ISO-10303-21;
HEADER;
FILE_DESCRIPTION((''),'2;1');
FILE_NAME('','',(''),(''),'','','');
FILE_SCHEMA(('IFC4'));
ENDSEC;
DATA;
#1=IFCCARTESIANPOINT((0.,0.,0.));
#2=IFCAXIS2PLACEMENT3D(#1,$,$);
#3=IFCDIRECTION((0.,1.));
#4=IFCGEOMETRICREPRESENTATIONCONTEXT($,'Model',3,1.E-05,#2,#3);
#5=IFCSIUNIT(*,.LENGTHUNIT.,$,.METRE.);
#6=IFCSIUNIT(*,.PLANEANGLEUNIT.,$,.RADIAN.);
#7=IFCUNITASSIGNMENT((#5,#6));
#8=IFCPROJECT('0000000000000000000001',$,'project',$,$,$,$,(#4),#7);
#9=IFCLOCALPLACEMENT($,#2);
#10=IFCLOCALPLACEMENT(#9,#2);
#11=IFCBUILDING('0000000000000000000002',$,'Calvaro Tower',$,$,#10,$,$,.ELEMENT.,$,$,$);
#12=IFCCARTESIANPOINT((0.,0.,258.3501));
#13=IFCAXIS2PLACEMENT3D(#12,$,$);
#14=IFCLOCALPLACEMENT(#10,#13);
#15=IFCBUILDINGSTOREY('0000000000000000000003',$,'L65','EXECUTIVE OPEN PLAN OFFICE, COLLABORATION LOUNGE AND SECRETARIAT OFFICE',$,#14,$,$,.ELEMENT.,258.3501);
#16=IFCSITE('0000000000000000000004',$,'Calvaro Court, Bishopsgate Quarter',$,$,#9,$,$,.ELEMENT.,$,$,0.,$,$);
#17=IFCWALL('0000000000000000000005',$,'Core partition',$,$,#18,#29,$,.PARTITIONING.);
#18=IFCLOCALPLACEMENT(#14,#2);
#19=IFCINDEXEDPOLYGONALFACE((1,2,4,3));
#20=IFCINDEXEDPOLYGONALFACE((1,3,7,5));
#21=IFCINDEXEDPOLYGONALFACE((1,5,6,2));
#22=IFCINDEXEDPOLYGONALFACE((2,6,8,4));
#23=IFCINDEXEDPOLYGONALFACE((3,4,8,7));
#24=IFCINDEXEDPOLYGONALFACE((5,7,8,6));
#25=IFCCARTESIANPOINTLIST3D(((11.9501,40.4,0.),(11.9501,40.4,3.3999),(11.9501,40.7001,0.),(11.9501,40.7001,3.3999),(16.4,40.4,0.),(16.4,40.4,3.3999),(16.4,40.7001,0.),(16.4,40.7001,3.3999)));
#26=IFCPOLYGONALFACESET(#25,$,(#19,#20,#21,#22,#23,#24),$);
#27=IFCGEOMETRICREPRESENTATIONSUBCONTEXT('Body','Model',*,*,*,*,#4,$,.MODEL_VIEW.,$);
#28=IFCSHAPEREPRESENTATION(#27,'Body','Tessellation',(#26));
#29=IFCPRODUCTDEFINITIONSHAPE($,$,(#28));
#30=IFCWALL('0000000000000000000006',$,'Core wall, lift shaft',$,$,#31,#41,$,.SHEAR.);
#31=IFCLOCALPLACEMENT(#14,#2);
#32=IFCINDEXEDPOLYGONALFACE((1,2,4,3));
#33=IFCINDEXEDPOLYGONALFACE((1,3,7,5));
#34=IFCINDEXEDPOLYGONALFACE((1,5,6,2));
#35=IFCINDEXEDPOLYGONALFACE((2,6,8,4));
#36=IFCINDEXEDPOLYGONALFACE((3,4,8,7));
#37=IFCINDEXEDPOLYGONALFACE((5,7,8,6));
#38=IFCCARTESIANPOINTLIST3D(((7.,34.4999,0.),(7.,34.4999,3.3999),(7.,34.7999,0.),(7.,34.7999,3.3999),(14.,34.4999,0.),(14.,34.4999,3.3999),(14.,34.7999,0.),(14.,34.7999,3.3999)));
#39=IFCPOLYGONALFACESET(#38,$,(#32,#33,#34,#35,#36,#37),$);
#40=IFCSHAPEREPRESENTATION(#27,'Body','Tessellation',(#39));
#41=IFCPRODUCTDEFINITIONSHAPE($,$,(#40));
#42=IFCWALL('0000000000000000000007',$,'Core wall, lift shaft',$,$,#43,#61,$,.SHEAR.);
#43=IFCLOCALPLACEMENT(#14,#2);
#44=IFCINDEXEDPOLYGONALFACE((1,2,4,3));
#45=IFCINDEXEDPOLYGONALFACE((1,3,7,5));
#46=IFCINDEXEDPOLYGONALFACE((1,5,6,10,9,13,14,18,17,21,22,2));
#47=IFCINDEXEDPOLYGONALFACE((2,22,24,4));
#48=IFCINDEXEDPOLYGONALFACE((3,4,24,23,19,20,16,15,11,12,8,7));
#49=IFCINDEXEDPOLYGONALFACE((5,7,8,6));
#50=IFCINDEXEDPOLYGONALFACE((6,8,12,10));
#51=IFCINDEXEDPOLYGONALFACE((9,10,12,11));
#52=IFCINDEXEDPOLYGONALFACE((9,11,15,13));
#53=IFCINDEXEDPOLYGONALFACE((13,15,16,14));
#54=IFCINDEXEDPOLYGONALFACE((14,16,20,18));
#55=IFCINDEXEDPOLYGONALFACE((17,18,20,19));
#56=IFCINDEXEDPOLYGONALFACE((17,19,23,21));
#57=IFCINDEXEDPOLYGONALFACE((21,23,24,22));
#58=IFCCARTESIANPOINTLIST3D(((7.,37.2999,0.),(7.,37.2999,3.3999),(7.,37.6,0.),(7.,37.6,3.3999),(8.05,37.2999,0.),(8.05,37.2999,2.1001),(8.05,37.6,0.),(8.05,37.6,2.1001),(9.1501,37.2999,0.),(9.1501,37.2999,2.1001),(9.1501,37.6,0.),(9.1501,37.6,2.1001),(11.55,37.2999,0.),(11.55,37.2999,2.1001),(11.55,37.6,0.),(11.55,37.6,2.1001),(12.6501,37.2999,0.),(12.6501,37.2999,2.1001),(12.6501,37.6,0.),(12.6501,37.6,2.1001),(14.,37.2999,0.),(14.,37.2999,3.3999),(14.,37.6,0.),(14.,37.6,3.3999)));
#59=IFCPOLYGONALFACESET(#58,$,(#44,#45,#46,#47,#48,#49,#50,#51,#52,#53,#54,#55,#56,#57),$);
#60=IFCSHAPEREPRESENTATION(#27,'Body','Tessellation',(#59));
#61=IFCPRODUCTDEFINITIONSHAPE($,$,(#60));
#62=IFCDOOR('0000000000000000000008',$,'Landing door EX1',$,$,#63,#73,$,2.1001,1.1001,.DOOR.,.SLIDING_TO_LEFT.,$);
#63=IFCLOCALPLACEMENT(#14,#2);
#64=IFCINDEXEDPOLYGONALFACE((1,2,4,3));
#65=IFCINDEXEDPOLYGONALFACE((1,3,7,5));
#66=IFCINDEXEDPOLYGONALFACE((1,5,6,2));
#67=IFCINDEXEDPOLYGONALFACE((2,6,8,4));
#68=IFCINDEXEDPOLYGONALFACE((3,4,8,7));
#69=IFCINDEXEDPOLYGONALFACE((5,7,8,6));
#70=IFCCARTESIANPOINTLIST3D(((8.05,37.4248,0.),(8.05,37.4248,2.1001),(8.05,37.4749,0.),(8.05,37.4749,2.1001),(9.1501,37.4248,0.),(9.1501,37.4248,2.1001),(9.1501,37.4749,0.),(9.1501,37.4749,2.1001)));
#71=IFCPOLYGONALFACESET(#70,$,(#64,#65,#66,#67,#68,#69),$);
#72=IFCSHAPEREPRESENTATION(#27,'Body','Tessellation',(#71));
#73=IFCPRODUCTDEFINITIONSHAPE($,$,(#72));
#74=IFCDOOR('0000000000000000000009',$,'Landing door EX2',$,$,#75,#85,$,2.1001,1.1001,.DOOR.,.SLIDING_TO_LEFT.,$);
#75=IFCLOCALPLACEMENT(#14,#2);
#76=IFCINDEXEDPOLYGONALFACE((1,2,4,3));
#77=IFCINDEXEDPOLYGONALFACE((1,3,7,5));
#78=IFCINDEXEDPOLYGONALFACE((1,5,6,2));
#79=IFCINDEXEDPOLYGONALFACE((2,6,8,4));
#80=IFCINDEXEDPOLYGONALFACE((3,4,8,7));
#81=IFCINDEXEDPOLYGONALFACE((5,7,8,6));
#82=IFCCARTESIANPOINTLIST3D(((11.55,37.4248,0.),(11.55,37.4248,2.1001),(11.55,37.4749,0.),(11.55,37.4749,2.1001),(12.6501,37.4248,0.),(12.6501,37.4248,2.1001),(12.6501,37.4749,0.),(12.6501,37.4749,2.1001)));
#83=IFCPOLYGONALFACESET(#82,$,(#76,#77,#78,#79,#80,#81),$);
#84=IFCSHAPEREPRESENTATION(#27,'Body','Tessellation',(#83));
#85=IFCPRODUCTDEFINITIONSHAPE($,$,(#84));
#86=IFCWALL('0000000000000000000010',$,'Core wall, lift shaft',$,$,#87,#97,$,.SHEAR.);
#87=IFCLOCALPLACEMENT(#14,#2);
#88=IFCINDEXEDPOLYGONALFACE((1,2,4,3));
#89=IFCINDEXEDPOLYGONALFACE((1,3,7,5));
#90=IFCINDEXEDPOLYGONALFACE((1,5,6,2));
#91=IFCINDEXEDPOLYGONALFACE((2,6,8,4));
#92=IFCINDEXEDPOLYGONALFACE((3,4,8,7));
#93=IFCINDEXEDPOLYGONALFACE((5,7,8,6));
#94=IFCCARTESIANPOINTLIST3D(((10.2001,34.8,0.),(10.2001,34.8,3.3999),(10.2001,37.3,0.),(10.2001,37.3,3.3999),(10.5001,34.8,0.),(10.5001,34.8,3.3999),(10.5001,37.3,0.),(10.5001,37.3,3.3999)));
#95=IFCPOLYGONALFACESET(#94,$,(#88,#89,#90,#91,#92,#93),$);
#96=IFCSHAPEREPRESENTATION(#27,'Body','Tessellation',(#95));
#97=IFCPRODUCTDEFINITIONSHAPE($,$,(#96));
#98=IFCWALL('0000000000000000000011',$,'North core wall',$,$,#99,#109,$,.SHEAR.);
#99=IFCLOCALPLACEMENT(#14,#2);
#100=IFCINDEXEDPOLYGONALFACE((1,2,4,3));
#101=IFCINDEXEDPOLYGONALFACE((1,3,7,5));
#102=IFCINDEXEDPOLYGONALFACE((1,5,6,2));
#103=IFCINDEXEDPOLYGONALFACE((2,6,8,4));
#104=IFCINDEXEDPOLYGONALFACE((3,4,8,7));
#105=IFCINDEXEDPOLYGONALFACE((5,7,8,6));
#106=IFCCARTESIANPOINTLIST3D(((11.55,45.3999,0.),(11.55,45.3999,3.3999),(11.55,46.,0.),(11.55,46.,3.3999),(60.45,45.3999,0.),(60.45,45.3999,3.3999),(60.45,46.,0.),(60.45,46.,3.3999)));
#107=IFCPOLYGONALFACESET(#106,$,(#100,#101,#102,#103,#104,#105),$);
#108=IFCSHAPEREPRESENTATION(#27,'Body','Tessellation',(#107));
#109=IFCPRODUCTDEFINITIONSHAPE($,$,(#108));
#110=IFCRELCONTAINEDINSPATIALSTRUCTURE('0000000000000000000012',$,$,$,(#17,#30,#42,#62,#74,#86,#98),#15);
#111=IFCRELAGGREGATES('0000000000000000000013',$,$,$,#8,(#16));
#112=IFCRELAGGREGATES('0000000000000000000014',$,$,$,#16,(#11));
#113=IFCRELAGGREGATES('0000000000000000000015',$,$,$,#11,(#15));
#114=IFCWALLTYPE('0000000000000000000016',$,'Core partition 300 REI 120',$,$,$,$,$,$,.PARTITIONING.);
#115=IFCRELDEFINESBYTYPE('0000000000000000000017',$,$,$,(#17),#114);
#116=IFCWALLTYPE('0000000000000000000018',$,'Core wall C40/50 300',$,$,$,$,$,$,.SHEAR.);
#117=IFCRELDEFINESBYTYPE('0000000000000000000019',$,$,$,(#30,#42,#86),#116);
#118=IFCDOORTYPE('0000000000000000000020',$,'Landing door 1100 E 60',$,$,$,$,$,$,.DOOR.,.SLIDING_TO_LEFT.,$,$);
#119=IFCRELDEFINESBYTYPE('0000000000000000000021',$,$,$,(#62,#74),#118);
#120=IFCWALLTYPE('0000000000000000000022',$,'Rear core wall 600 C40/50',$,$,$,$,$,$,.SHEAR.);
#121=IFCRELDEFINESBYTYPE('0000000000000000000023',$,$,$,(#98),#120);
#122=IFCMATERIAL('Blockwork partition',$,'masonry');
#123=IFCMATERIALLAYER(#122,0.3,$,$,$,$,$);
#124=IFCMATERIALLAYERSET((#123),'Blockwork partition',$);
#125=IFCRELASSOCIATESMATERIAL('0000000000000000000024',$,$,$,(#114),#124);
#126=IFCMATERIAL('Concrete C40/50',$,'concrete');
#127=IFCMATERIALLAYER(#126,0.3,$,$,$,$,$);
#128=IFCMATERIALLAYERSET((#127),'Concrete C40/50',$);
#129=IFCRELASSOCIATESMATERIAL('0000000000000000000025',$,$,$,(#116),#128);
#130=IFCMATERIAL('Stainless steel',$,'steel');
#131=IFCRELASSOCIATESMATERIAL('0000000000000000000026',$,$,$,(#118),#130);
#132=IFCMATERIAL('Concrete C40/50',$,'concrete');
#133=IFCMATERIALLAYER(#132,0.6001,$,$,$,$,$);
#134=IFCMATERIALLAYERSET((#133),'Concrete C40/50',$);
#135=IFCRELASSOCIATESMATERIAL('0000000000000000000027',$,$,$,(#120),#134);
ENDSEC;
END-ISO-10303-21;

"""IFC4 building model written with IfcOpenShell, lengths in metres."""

from ifc_helpers import new_model, si_unit, direction, frame, frame_2d, origin, place, context, subcontext, project, spatial, rectangle, extrude, material, layer, layer_set, type_object, element, fill, save


model = new_model("IFC4")

# Units and contexts
model_context = context("Model", 3, precision=1e-05, world=origin(), true_north=direction((0.0, 1.0)))
body_context = subcontext(model_context, "Body", "Model", "MODEL_VIEW")
ifc_project = project(units=[si_unit("LENGTHUNIT", "METRE"), si_unit("PLANEANGLEUNIT", "RADIAN")], contexts=[model_context])

# Site, building, storey
site_placement = place(None, origin())
site = spatial("IfcSite", under=ifc_project, at=site_placement, Name="Calvaro Court, Bishopsgate Quarter", CompositionType="ELEMENT", RefElevation=0.0)
building_placement = place(site_placement, origin())
building = spatial("IfcBuilding", under=site, at=building_placement, Name="Calvaro Tower", CompositionType="ELEMENT")
storey_placement = place(building_placement, frame((0.0, 0.0, 258.3501)))
storey = spatial("IfcBuildingStorey", under=building, at=storey_placement, Name="L65", Description="EXECUTIVE OPEN PLAN OFFICE, COLLABORATION LOUNGE AND SECRETARIAT OFFICE", CompositionType="ELEMENT", Elevation=258.3501)

# Walls
ifc_material_1 = material(Name="Blockwork partition", Category="masonry")
ifc_layer_1 = layer(ifc_material_1, 0.3)
ifc_layer_set_1 = layer_set([ifc_layer_1], Name="Blockwork partition")
wall_type_1 = type_object("IfcWallType", Name="Core partition 300 REI 120", PredefinedType="PARTITIONING", material=ifc_layer_set_1)
wall_1_placement = place(storey_placement, frame((11.95, 40.55, 0.0), z_axis=(0.0, 0.0, 1.0), x_axis=(1.0, 0.0, 0.0)))
element("IfcWall", 1, at=wall_1_placement, inside=storey, type_object=wall_type_1, Name="Core partition", PredefinedType="PARTITIONING", context=body_context, shape_type="SweptSolid", body=[
    extrude(rectangle(XDim=4.45, YDim=0.3, at=frame_2d((2.2251, 0.0))), origin(), (0.0, 0.0, 1.0), 3.3999),
])
ifc_material_2 = material(Name="Concrete C40/50", Category="concrete")
ifc_layer_2 = layer(ifc_material_2, 0.3)
ifc_layer_set_2 = layer_set([ifc_layer_2], Name="Concrete C40/50")
wall_type_2 = type_object("IfcWallType", Name="Core wall C40/50 300", PredefinedType="SHEAR", material=ifc_layer_set_2)
wall_2_placement = place(storey_placement, frame((7.0, 34.6499, 0.0), z_axis=(0.0, 0.0, 1.0), x_axis=(1.0, 0.0, 0.0)))
element("IfcWall", 2, at=wall_2_placement, inside=storey, type_object=wall_type_2, Name="Core wall, lift shaft", PredefinedType="SHEAR", context=body_context, shape_type="SweptSolid", body=[
    extrude(rectangle(XDim=7.0, YDim=0.3, at=frame_2d((3.5, 0.0))), origin(), (0.0, 0.0, 1.0), 3.3999),
])

# Wall, openings, doors
wall_3_placement = place(storey_placement, frame((7.0, 37.45, 0.0), z_axis=(0.0, 0.0, 1.0), x_axis=(1.0, 0.0, 0.0)))
wall_3 = element("IfcWall", 3, at=wall_3_placement, inside=storey, type_object=wall_type_2, Name="Core wall, lift shaft", PredefinedType="SHEAR", context=body_context, shape_type="SweptSolid", body=[
    extrude(rectangle(XDim=7.0, YDim=0.3, at=frame_2d((3.5, 0.0))), origin(), (0.0, 0.0, 1.0), 3.3999),
])
opening_1_placement = place(wall_3_placement, frame((1.05, 0.0, 0.0)))
opening_1 = element("IfcOpeningElement", 4, at=opening_1_placement, cuts=wall_3, PredefinedType="OPENING", context=body_context, shape_type="SweptSolid", body=[
    extrude(rectangle(XDim=1.1001, YDim=2.1001, at=frame_2d((0.55, 1.05))), frame((0.0, 0.1599, 0.0), z_axis=(0.0, -1.0, 0.0), x_axis=(1.0, 0.0, 0.0)), (0.0, 0.0, 1.0), 0.3201),
])
opening_2_placement = place(wall_3_placement, frame((4.55, 0.0, 0.0)))
opening_2 = element("IfcOpeningElement", 5, at=opening_2_placement, cuts=wall_3, PredefinedType="OPENING", context=body_context, shape_type="SweptSolid", body=[
    extrude(rectangle(XDim=1.1001, YDim=2.1001, at=frame_2d((0.55, 1.05))), frame((0.0, 0.1599, 0.0), z_axis=(0.0, -1.0, 0.0), x_axis=(1.0, 0.0, 0.0)), (0.0, 0.0, 1.0), 0.3201),
])
ifc_material_3 = material(Name="Stainless steel", Category="steel")
door_type_1 = type_object("IfcDoorType", Name="Landing door 1100 E 60", OperationType="SLIDING_TO_LEFT", PredefinedType="DOOR", material=ifc_material_3)
door_1_placement = place(opening_1_placement, origin())
door_1 = element("IfcDoor", 6, at=door_1_placement, inside=storey, type_object=door_type_1, Name="Landing door EX1", OperationType="SLIDING_TO_LEFT", OverallHeight=2.1001, OverallWidth=1.1001, PredefinedType="DOOR", context=body_context, shape_type="SweptSolid", body=[
    extrude(rectangle(XDim=1.1001, YDim=2.1001, at=frame_2d((0.55, 1.05))), frame((0.0, 0.0249, 0.0), z_axis=(0.0, -1.0, 0.0), x_axis=(1.0, 0.0, 0.0)), (0.0, 0.0, 1.0), 0.05),
])
fill(opening_1, door_1)
door_2_placement = place(opening_2_placement, origin())
door_2 = element("IfcDoor", 7, at=door_2_placement, inside=storey, type_object=door_type_1, Name="Landing door EX2", OperationType="SLIDING_TO_LEFT", OverallHeight=2.1001, OverallWidth=1.1001, PredefinedType="DOOR", context=body_context, shape_type="SweptSolid", body=[
    extrude(rectangle(XDim=1.1001, YDim=2.1001, at=frame_2d((0.55, 1.05))), frame((0.0, 0.0249, 0.0), z_axis=(0.0, -1.0, 0.0), x_axis=(1.0, 0.0, 0.0)), (0.0, 0.0, 1.0), 0.05),
])
fill(opening_2, door_2)

# Walls
wall_4_placement = place(storey_placement, frame((10.3501, 34.8, 0.0), z_axis=(0.0, 0.0, 1.0), x_axis=(0.0, 1.0, 0.0)))
element("IfcWall", 8, at=wall_4_placement, inside=storey, type_object=wall_type_2, Name="Core wall, lift shaft", PredefinedType="SHEAR", context=body_context, shape_type="SweptSolid", body=[
    extrude(rectangle(XDim=2.5, YDim=0.3, at=frame_2d((1.25, 0.0))), origin(), (0.0, 0.0, 1.0), 3.3999),
])
ifc_material_4 = material(Name="Concrete C40/50", Category="concrete")
ifc_layer_3 = layer(ifc_material_4, 0.6001)
ifc_layer_set_3 = layer_set([ifc_layer_3], Name="Concrete C40/50")
wall_type_3 = type_object("IfcWallType", Name="Rear core wall 600 C40/50", PredefinedType="SHEAR", material=ifc_layer_set_3)
wall_5_placement = place(storey_placement, frame((11.55, 45.7, 0.0), z_axis=(0.0, 0.0, 1.0), x_axis=(1.0, 0.0, 0.0)))
element("IfcWall", 9, at=wall_5_placement, inside=storey, type_object=wall_type_3, Name="North core wall", PredefinedType="SHEAR", context=body_context, shape_type="SweptSolid", body=[
    extrude(rectangle(XDim=48.8999, YDim=0.6001, at=frame_2d((24.45, 0.0))), origin(), (0.0, 0.0, 1.0), 3.3999),
])

save(model, "model.ifc")
